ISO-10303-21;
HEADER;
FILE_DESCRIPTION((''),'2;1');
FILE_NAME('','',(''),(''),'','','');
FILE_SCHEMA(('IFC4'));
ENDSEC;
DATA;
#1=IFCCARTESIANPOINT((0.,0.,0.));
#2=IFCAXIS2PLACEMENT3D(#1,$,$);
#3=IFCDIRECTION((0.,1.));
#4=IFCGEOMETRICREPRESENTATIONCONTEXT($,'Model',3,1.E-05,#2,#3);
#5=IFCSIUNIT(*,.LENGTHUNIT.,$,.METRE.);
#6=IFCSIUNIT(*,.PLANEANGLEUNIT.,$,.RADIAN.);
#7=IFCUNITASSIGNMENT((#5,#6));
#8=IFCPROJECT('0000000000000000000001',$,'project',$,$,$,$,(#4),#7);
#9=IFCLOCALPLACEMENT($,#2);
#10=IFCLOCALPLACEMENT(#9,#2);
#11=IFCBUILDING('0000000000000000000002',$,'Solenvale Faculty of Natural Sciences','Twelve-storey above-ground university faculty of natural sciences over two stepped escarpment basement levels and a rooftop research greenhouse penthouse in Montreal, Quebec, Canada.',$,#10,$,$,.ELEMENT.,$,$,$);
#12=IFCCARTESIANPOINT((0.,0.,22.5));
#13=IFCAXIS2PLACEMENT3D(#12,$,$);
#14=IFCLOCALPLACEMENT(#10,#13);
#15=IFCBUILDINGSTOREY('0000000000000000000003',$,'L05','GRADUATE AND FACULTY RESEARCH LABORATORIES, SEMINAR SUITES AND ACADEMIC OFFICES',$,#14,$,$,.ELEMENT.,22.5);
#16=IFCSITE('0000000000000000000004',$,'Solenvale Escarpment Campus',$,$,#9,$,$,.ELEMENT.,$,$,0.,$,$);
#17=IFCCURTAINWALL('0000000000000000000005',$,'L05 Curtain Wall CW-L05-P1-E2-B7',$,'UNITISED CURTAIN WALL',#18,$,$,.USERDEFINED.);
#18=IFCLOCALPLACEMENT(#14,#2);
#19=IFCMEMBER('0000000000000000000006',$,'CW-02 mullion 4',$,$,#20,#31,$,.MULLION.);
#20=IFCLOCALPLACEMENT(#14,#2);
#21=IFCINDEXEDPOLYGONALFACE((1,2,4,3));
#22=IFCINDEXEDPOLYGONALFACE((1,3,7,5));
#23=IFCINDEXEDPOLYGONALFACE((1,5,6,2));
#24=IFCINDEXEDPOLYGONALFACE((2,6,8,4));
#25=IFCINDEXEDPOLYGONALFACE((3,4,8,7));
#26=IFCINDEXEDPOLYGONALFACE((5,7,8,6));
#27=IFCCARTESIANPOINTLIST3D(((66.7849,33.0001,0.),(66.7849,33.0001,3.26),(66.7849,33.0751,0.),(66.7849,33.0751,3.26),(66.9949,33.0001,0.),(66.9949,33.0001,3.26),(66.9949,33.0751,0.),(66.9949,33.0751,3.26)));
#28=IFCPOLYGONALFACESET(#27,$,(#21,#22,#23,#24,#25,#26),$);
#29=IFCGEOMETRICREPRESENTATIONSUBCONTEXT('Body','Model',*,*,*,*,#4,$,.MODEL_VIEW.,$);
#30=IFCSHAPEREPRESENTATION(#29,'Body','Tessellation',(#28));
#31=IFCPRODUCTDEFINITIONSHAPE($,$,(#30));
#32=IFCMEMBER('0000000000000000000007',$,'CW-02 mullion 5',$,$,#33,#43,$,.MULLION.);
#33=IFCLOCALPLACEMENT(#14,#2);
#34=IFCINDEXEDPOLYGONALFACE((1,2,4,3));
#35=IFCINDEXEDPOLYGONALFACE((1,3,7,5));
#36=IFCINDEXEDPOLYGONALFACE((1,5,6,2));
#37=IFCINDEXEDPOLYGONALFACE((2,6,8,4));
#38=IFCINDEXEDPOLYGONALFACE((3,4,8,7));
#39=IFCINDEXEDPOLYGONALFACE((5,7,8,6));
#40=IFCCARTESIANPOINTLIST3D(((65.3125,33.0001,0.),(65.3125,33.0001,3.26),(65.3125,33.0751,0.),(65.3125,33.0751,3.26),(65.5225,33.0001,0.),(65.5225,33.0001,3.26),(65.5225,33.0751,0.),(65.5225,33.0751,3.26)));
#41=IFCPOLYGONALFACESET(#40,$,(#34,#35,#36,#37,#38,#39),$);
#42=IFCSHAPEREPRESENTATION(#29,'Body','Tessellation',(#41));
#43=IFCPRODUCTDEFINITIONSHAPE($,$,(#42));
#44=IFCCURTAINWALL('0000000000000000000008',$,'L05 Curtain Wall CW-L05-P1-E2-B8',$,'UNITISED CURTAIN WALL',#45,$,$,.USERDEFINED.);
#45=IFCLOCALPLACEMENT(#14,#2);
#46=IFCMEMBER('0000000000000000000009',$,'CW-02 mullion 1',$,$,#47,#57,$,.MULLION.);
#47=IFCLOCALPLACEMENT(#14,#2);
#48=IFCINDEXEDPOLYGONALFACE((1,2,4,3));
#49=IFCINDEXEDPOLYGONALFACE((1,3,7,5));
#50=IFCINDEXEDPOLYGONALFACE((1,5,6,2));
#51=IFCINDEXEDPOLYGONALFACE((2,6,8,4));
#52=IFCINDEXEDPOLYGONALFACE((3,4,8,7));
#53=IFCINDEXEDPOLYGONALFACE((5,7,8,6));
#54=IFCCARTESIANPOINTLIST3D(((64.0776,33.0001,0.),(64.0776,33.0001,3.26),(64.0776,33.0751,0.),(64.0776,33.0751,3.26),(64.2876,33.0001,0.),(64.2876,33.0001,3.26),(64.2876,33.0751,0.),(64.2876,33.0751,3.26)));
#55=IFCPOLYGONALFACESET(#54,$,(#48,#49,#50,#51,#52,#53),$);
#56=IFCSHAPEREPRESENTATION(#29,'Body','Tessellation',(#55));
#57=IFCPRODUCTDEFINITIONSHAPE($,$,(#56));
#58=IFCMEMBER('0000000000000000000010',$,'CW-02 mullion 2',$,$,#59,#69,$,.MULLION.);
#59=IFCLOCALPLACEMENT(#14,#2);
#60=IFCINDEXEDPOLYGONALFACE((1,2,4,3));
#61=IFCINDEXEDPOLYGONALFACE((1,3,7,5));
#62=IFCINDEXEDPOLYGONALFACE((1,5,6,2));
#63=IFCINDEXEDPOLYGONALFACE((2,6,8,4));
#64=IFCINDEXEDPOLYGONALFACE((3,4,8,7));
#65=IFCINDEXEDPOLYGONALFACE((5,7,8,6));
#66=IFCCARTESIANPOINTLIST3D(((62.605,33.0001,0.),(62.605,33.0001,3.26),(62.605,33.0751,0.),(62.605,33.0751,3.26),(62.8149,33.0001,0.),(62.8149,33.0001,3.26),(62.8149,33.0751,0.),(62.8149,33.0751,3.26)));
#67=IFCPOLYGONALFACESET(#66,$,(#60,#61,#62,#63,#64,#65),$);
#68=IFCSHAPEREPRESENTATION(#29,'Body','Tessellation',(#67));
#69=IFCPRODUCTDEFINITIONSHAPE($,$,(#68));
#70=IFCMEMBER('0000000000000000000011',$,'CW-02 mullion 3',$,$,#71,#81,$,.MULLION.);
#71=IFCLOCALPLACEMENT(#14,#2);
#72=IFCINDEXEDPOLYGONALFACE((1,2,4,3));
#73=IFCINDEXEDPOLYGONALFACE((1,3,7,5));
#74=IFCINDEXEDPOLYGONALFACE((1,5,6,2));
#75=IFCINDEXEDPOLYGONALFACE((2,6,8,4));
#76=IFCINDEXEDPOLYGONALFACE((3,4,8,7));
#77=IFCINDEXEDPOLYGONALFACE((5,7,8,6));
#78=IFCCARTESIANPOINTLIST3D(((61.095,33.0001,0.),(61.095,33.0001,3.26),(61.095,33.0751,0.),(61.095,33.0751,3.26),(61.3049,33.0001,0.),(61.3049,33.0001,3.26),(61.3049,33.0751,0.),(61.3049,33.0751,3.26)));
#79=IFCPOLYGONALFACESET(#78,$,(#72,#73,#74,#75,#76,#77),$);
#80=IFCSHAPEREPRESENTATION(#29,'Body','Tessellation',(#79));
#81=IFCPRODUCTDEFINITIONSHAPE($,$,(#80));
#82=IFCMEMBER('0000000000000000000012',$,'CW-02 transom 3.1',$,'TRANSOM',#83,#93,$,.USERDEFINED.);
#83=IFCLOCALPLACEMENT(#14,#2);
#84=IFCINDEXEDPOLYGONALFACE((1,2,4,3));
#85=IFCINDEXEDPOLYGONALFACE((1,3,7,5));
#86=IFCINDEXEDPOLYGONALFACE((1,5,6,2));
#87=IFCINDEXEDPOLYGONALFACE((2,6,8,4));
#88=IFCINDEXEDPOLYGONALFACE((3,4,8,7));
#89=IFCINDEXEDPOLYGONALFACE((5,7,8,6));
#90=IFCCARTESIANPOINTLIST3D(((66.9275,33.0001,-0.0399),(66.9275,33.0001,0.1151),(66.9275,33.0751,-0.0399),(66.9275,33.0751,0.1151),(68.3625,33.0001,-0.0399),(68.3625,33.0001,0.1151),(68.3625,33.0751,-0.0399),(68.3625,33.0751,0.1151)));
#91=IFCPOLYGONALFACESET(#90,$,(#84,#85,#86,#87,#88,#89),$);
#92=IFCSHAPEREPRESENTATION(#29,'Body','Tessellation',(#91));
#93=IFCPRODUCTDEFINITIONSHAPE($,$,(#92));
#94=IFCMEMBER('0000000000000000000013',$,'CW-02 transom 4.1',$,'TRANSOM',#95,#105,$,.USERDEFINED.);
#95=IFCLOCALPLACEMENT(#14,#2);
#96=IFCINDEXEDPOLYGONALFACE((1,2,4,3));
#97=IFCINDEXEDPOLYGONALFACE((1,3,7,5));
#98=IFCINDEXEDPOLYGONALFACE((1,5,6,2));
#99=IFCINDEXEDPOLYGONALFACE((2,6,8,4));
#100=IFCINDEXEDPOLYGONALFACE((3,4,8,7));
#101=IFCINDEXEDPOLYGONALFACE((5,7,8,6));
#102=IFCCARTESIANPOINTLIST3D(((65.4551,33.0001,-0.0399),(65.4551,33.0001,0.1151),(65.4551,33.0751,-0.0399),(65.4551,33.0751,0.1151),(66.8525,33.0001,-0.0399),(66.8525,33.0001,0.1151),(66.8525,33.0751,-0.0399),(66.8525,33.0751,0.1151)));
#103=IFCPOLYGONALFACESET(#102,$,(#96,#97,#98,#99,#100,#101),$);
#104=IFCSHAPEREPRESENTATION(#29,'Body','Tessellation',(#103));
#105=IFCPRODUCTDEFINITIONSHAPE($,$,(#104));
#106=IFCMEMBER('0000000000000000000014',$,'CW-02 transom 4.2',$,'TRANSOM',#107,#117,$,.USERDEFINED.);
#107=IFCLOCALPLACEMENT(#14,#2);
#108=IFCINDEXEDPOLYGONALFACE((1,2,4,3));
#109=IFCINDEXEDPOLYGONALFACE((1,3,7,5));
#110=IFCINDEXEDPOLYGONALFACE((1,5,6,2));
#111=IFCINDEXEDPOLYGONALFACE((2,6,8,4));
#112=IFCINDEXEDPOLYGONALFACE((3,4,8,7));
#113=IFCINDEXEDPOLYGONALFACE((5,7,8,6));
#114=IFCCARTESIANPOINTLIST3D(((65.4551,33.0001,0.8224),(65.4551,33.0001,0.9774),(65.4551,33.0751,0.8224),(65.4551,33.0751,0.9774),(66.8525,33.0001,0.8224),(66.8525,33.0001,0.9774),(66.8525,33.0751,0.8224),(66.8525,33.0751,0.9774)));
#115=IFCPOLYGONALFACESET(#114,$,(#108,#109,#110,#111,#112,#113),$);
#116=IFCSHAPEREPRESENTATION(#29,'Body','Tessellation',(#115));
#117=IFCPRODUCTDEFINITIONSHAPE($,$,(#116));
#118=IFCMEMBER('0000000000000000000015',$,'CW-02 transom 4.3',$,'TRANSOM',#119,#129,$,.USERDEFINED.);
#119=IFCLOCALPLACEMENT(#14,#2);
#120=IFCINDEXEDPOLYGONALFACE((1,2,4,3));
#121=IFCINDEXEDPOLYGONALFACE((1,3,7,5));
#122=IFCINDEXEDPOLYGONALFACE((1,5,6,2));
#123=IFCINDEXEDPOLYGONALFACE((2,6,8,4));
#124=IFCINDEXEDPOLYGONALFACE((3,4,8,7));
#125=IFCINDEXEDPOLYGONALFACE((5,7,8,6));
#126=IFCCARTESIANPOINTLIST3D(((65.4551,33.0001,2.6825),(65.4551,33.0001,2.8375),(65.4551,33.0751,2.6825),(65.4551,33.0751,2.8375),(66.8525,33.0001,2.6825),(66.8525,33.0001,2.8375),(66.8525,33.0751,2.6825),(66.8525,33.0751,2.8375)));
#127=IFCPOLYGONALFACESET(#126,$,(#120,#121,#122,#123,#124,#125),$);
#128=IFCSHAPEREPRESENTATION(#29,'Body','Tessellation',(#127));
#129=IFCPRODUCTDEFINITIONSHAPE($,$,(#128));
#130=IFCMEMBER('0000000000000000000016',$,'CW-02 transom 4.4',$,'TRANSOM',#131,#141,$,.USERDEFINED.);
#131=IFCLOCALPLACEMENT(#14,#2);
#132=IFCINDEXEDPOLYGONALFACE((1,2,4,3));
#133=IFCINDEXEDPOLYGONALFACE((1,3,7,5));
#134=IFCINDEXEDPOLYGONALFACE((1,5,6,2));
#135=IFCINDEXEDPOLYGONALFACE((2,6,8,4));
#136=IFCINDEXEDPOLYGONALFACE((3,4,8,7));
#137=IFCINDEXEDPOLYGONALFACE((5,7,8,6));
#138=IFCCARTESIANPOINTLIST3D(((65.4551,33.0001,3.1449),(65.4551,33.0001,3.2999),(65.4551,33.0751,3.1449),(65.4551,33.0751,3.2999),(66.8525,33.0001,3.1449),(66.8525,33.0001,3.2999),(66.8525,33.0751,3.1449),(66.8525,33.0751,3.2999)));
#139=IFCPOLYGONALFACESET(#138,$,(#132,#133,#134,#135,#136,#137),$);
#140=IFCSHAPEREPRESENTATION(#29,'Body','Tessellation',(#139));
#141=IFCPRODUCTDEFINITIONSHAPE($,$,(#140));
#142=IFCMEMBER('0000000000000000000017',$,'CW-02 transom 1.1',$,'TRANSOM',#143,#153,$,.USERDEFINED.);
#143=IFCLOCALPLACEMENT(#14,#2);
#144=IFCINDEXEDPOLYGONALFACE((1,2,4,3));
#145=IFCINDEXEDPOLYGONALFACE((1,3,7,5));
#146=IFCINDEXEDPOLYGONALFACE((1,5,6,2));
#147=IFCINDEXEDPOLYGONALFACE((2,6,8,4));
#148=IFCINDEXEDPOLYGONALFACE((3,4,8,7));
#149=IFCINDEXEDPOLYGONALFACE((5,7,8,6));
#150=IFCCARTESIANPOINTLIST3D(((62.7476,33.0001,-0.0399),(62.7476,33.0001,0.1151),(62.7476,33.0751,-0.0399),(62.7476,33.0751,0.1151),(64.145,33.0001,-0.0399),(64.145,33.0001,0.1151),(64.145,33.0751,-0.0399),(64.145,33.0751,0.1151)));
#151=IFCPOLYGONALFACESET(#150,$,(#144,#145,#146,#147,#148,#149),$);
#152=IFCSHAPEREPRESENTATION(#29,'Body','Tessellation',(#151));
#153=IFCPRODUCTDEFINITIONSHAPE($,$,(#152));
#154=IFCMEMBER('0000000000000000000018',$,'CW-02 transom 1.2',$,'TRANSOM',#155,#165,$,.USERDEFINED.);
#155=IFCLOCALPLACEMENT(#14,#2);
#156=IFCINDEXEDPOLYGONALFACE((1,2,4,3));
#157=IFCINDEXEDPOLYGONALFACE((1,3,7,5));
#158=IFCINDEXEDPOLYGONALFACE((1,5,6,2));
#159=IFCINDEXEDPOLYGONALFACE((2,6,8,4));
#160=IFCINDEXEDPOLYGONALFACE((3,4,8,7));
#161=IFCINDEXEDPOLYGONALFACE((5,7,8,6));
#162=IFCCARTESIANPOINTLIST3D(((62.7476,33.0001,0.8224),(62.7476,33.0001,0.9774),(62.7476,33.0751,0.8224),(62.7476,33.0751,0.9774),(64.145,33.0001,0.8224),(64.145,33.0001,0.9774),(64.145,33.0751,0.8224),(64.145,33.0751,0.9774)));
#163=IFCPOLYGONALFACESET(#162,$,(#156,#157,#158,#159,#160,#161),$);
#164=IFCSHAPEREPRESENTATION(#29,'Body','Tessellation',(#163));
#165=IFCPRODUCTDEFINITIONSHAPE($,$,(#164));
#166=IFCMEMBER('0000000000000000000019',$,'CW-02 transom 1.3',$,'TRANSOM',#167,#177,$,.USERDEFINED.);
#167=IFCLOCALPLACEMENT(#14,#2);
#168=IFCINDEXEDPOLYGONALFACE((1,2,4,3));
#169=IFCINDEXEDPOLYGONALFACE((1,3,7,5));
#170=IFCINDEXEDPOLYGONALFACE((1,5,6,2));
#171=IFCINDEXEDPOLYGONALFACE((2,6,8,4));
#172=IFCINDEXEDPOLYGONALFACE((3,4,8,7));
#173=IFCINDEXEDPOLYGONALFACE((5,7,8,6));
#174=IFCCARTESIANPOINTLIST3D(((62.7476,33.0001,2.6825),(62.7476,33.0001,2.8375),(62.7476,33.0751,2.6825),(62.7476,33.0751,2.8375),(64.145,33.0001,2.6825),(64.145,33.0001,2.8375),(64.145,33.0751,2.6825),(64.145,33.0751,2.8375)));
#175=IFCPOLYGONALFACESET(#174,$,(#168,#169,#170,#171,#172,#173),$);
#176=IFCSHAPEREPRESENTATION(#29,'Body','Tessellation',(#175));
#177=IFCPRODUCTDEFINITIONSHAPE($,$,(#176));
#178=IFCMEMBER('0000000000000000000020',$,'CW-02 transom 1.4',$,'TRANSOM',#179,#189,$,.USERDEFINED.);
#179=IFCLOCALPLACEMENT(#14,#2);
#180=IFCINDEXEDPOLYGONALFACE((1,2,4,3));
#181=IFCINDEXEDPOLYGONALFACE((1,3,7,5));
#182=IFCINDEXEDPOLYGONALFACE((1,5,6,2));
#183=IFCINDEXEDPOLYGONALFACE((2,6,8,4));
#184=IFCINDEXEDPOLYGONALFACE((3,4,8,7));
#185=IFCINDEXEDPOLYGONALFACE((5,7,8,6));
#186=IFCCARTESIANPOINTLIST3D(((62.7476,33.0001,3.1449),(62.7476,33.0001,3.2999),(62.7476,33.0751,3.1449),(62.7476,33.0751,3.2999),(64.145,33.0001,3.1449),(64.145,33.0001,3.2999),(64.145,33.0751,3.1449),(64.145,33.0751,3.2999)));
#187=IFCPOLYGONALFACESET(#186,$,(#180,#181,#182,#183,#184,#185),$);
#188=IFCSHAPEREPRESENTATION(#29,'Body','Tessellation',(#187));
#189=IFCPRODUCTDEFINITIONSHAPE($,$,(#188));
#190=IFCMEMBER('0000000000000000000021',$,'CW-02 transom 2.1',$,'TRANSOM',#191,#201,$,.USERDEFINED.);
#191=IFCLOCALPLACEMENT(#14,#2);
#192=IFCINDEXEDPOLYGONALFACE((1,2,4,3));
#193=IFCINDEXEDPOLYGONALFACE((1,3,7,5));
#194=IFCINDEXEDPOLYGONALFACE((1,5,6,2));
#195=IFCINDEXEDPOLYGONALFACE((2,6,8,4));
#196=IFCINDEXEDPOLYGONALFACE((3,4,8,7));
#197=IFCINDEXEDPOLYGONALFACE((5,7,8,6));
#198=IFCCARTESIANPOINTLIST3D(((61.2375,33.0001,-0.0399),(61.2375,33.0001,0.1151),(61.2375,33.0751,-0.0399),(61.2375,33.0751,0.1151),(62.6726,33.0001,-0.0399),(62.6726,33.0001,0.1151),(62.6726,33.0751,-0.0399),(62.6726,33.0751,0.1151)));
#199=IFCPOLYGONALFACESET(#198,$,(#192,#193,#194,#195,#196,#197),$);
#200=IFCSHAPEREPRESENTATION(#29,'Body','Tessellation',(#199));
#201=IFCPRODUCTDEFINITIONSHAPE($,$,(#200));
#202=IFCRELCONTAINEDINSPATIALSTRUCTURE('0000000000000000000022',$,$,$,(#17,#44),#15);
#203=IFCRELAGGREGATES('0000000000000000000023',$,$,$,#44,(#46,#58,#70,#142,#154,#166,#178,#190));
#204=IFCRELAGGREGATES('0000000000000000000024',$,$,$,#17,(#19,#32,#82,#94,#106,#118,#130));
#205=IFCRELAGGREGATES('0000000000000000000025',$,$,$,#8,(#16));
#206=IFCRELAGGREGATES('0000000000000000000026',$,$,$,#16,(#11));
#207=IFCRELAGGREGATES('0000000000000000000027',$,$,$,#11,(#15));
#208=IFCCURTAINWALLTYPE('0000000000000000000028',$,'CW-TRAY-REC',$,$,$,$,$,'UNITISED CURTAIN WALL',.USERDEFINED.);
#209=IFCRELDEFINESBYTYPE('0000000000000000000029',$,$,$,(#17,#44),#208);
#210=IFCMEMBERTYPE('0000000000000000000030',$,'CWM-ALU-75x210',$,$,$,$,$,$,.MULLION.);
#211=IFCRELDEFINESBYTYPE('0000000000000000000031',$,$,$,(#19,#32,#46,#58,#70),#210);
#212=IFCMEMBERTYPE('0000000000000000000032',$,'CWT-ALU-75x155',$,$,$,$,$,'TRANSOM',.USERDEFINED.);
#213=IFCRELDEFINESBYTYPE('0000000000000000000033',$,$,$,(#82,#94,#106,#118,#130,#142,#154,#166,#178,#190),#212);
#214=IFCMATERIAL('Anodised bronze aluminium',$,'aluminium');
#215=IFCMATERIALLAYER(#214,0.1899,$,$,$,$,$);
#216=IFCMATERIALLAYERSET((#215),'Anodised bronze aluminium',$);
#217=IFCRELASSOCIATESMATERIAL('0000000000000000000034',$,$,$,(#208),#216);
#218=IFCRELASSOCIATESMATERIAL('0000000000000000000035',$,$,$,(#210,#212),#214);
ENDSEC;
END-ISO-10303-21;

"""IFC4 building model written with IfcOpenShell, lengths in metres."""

from ifc_helpers import new_model, si_unit, direction, frame, origin, origin_2d, place, context, subcontext, project, spatial, rectangle, extrude, material, layer, layer_set, material_profile, profile_set, type_object, element, aggregate, save


model = new_model("IFC4")

# Units and contexts
model_context = context("Model", 3, precision=1e-05, world=origin(), true_north=direction((0.0, 1.0)))
body_context = subcontext(model_context, "Body", "Model", "MODEL_VIEW")
ifc_project = project(units=[si_unit("LENGTHUNIT", "METRE"), si_unit("PLANEANGLEUNIT", "RADIAN")], contexts=[model_context])

# Site, building, storey
site_placement = place(None, origin())
site = spatial("IfcSite", under=ifc_project, at=site_placement, Name="Solenvale Escarpment Campus", CompositionType="ELEMENT", RefElevation=0.0)
building_placement = place(site_placement, origin())
building = spatial("IfcBuilding", under=site, at=building_placement, Name="Solenvale Faculty of Natural Sciences", Description="Twelve-storey above-ground university faculty of natural sciences over two stepped escarpment basement levels and a rooftop research greenhouse penthouse in Montreal, Quebec, Canada.", CompositionType="ELEMENT")
storey_placement = place(building_placement, frame((0.0, 0.0, 22.5)))
storey = spatial("IfcBuildingStorey", under=building, at=storey_placement, Name="L05", Description="GRADUATE AND FACULTY RESEARCH LABORATORIES, SEMINAR SUITES AND ACADEMIC OFFICES", CompositionType="ELEMENT", Elevation=22.5)

# Curtain walls, members
ifc_material_1 = material(Name="Anodised bronze aluminium", Category="aluminium")
ifc_layer_1 = layer(ifc_material_1, 0.1899)
ifc_layer_set_1 = layer_set([ifc_layer_1], Name="Anodised bronze aluminium")
curtain_wall_type = type_object("IfcCurtainWallType", Name="CW-TRAY-REC", ElementType="UNITISED CURTAIN WALL", PredefinedType="USERDEFINED", material=ifc_layer_set_1)
curtain_wall_1_placement = place(storey_placement, origin())
curtain_wall_1 = element("IfcCurtainWall", 1, at=curtain_wall_1_placement, inside=storey, type_object=curtain_wall_type, Name="L05 Curtain Wall CW-L05-P1-E2-B7", ObjectType="UNITISED CURTAIN WALL", PredefinedType="USERDEFINED")
ifc_material_profile_1 = material_profile(ifc_material_1, rectangle(XDim=0.075, YDim=0.21, at=origin_2d()), Name="ALU-MUL-75x210")
ifc_profile_set_1 = profile_set([ifc_material_profile_1], Name="Anodised bronze aluminium")
member_type_1 = type_object("IfcMemberType", Name="CWM-ALU-75x210", PredefinedType="MULLION", material=ifc_profile_set_1)
member_1_placement = place(storey_placement, frame((66.8899, 33.0376, 0.0), z_axis=(0.0, 0.0, 1.0), x_axis=(0.0, -1.0, 0.0)))
member_1 = element("IfcMember", 2, at=member_1_placement, type_object=member_type_1, Name="CW-02 mullion 4", PredefinedType="MULLION", context=body_context, shape_type="SweptSolid", body=[
    extrude(rectangle(XDim=0.075, YDim=0.21, at=origin_2d()), origin(), (0.0, 0.0, 1.0), 3.26),
])
member_2_placement = place(storey_placement, frame((65.4175, 33.0376, 0.0), z_axis=(0.0, 0.0, 1.0), x_axis=(0.0, -1.0, 0.0)))
member_2 = element("IfcMember", 3, at=member_2_placement, type_object=member_type_1, Name="CW-02 mullion 5", PredefinedType="MULLION", context=body_context, shape_type="SweptSolid", body=[
    extrude(rectangle(XDim=0.075, YDim=0.21, at=origin_2d()), origin(), (0.0, 0.0, 1.0), 3.26),
])
curtain_wall_2_placement = place(storey_placement, origin())
curtain_wall_2 = element("IfcCurtainWall", 4, at=curtain_wall_2_placement, inside=storey, type_object=curtain_wall_type, Name="L05 Curtain Wall CW-L05-P1-E2-B8", ObjectType="UNITISED CURTAIN WALL", PredefinedType="USERDEFINED")
member_3_placement = place(storey_placement, frame((64.1826, 33.0376, 0.0), z_axis=(0.0, 0.0, 1.0), x_axis=(0.0, -1.0, 0.0)))
member_3 = element("IfcMember", 5, at=member_3_placement, type_object=member_type_1, Name="CW-02 mullion 1", PredefinedType="MULLION", context=body_context, shape_type="SweptSolid", body=[
    extrude(rectangle(XDim=0.075, YDim=0.21, at=origin_2d()), origin(), (0.0, 0.0, 1.0), 3.26),
])
member_4_placement = place(storey_placement, frame((62.71, 33.0376, 0.0), z_axis=(0.0, 0.0, 1.0), x_axis=(0.0, -1.0, 0.0)))
member_4 = element("IfcMember", 6, at=member_4_placement, type_object=member_type_1, Name="CW-02 mullion 2", PredefinedType="MULLION", context=body_context, shape_type="SweptSolid", body=[
    extrude(rectangle(XDim=0.075, YDim=0.21, at=origin_2d()), origin(), (0.0, 0.0, 1.0), 3.26),
])
member_5_placement = place(storey_placement, frame((61.2, 33.0376, 0.0), z_axis=(0.0, 0.0, 1.0), x_axis=(0.0, -1.0, 0.0)))
member_5 = element("IfcMember", 7, at=member_5_placement, type_object=member_type_1, Name="CW-02 mullion 3", PredefinedType="MULLION", context=body_context, shape_type="SweptSolid", body=[
    extrude(rectangle(XDim=0.075, YDim=0.21, at=origin_2d()), origin(), (0.0, 0.0, 1.0), 3.26),
])

# Members
ifc_material_profile_2 = material_profile(ifc_material_1, rectangle(XDim=0.075, YDim=0.155, at=origin_2d()), Name="ALU-TRN-75x155")
ifc_profile_set_2 = profile_set([ifc_material_profile_2], Name="Anodised bronze aluminium")
member_type_2 = type_object("IfcMemberType", Name="CWT-ALU-75x155", ElementType="TRANSOM", PredefinedType="USERDEFINED", material=ifc_profile_set_2)
member_6_placement = place(storey_placement, frame((68.3625, 33.0376, 0.0376), z_axis=(-1.0, 0.0, 0.0), x_axis=(0.0, -1.0, 0.0)))
member_6 = element("IfcMember", 8, at=member_6_placement, type_object=member_type_2, Name="CW-02 transom 3.1", ObjectType="TRANSOM", PredefinedType="USERDEFINED", context=body_context, shape_type="SweptSolid", body=[
    extrude(rectangle(XDim=0.075, YDim=0.155, at=origin_2d()), origin(), (0.0, 0.0, 1.0), 1.4351),
])
member_7_placement = place(storey_placement, frame((66.8525, 33.0376, 0.0376), z_axis=(-1.0, 0.0, 0.0), x_axis=(0.0, -1.0, 0.0)))
member_7 = element("IfcMember", 9, at=member_7_placement, type_object=member_type_2, Name="CW-02 transom 4.1", ObjectType="TRANSOM", PredefinedType="USERDEFINED", context=body_context, shape_type="SweptSolid", body=[
    extrude(rectangle(XDim=0.075, YDim=0.155, at=origin_2d()), origin(), (0.0, 0.0, 1.0), 1.3975),
])
member_8_placement = place(storey_placement, frame((66.8525, 33.0376, 0.8999), z_axis=(-1.0, 0.0, 0.0), x_axis=(0.0, -1.0, 0.0)))
member_8 = element("IfcMember", 10, at=member_8_placement, type_object=member_type_2, Name="CW-02 transom 4.2", ObjectType="TRANSOM", PredefinedType="USERDEFINED", context=body_context, shape_type="SweptSolid", body=[
    extrude(rectangle(XDim=0.075, YDim=0.155, at=origin_2d()), origin(), (0.0, 0.0, 1.0), 1.3975),
])
member_9_placement = place(storey_placement, frame((66.8525, 33.0376, 2.76), z_axis=(-1.0, 0.0, 0.0), x_axis=(0.0, -1.0, 0.0)))
member_9 = element("IfcMember", 11, at=member_9_placement, type_object=member_type_2, Name="CW-02 transom 4.3", ObjectType="TRANSOM", PredefinedType="USERDEFINED", context=body_context, shape_type="SweptSolid", body=[
    extrude(rectangle(XDim=0.075, YDim=0.155, at=origin_2d()), origin(), (0.0, 0.0, 1.0), 1.3975),
])
member_10_placement = place(storey_placement, frame((66.8525, 33.0376, 3.2224), z_axis=(-1.0, 0.0, 0.0), x_axis=(0.0, -1.0, 0.0)))
member_10 = element("IfcMember", 12, at=member_10_placement, type_object=member_type_2, Name="CW-02 transom 4.4", ObjectType="TRANSOM", PredefinedType="USERDEFINED", context=body_context, shape_type="SweptSolid", body=[
    extrude(rectangle(XDim=0.075, YDim=0.155, at=origin_2d()), origin(), (0.0, 0.0, 1.0), 1.3975),
])
member_11_placement = place(storey_placement, frame((64.145, 33.0376, 0.0376), z_axis=(-1.0, 0.0, 0.0), x_axis=(0.0, -1.0, 0.0)))
member_11 = element("IfcMember", 13, at=member_11_placement, type_object=member_type_2, Name="CW-02 transom 1.1", ObjectType="TRANSOM", PredefinedType="USERDEFINED", context=body_context, shape_type="SweptSolid", body=[
    extrude(rectangle(XDim=0.075, YDim=0.155, at=origin_2d()), origin(), (0.0, 0.0, 1.0), 1.3975),
])
member_12_placement = place(storey_placement, frame((64.145, 33.0376, 0.8999), z_axis=(-1.0, 0.0, 0.0), x_axis=(0.0, -1.0, 0.0)))
member_12 = element("IfcMember", 14, at=member_12_placement, type_object=member_type_2, Name="CW-02 transom 1.2", ObjectType="TRANSOM", PredefinedType="USERDEFINED", context=body_context, shape_type="SweptSolid", body=[
    extrude(rectangle(XDim=0.075, YDim=0.155, at=origin_2d()), origin(), (0.0, 0.0, 1.0), 1.3975),
])
member_13_placement = place(storey_placement, frame((64.145, 33.0376, 2.76), z_axis=(-1.0, 0.0, 0.0), x_axis=(0.0, -1.0, 0.0)))
member_13 = element("IfcMember", 15, at=member_13_placement, type_object=member_type_2, Name="CW-02 transom 1.3", ObjectType="TRANSOM", PredefinedType="USERDEFINED", context=body_context, shape_type="SweptSolid", body=[
    extrude(rectangle(XDim=0.075, YDim=0.155, at=origin_2d()), origin(), (0.0, 0.0, 1.0), 1.3975),
])
member_14_placement = place(storey_placement, frame((64.145, 33.0376, 3.2224), z_axis=(-1.0, 0.0, 0.0), x_axis=(0.0, -1.0, 0.0)))
member_14 = element("IfcMember", 16, at=member_14_placement, type_object=member_type_2, Name="CW-02 transom 1.4", ObjectType="TRANSOM", PredefinedType="USERDEFINED", context=body_context, shape_type="SweptSolid", body=[
    extrude(rectangle(XDim=0.075, YDim=0.155, at=origin_2d()), origin(), (0.0, 0.0, 1.0), 1.3975),
])
member_15_placement = place(storey_placement, frame((62.6726, 33.0376, 0.0376), z_axis=(-1.0, 0.0, 0.0), x_axis=(0.0, -1.0, 0.0)))
member_15 = element("IfcMember", 17, at=member_15_placement, type_object=member_type_2, Name="CW-02 transom 2.1", ObjectType="TRANSOM", PredefinedType="USERDEFINED", context=body_context, shape_type="SweptSolid", body=[
    extrude(rectangle(XDim=0.075, YDim=0.155, at=origin_2d()), origin(), (0.0, 0.0, 1.0), 1.4351),
])

aggregate(curtain_wall_2, [member_3, member_4, member_5, member_11, member_12, member_13, member_14, member_15])
aggregate(curtain_wall_1, [member_1, member_2, member_6, member_7, member_8, member_9, member_10])

save(model, "model.ifc")
